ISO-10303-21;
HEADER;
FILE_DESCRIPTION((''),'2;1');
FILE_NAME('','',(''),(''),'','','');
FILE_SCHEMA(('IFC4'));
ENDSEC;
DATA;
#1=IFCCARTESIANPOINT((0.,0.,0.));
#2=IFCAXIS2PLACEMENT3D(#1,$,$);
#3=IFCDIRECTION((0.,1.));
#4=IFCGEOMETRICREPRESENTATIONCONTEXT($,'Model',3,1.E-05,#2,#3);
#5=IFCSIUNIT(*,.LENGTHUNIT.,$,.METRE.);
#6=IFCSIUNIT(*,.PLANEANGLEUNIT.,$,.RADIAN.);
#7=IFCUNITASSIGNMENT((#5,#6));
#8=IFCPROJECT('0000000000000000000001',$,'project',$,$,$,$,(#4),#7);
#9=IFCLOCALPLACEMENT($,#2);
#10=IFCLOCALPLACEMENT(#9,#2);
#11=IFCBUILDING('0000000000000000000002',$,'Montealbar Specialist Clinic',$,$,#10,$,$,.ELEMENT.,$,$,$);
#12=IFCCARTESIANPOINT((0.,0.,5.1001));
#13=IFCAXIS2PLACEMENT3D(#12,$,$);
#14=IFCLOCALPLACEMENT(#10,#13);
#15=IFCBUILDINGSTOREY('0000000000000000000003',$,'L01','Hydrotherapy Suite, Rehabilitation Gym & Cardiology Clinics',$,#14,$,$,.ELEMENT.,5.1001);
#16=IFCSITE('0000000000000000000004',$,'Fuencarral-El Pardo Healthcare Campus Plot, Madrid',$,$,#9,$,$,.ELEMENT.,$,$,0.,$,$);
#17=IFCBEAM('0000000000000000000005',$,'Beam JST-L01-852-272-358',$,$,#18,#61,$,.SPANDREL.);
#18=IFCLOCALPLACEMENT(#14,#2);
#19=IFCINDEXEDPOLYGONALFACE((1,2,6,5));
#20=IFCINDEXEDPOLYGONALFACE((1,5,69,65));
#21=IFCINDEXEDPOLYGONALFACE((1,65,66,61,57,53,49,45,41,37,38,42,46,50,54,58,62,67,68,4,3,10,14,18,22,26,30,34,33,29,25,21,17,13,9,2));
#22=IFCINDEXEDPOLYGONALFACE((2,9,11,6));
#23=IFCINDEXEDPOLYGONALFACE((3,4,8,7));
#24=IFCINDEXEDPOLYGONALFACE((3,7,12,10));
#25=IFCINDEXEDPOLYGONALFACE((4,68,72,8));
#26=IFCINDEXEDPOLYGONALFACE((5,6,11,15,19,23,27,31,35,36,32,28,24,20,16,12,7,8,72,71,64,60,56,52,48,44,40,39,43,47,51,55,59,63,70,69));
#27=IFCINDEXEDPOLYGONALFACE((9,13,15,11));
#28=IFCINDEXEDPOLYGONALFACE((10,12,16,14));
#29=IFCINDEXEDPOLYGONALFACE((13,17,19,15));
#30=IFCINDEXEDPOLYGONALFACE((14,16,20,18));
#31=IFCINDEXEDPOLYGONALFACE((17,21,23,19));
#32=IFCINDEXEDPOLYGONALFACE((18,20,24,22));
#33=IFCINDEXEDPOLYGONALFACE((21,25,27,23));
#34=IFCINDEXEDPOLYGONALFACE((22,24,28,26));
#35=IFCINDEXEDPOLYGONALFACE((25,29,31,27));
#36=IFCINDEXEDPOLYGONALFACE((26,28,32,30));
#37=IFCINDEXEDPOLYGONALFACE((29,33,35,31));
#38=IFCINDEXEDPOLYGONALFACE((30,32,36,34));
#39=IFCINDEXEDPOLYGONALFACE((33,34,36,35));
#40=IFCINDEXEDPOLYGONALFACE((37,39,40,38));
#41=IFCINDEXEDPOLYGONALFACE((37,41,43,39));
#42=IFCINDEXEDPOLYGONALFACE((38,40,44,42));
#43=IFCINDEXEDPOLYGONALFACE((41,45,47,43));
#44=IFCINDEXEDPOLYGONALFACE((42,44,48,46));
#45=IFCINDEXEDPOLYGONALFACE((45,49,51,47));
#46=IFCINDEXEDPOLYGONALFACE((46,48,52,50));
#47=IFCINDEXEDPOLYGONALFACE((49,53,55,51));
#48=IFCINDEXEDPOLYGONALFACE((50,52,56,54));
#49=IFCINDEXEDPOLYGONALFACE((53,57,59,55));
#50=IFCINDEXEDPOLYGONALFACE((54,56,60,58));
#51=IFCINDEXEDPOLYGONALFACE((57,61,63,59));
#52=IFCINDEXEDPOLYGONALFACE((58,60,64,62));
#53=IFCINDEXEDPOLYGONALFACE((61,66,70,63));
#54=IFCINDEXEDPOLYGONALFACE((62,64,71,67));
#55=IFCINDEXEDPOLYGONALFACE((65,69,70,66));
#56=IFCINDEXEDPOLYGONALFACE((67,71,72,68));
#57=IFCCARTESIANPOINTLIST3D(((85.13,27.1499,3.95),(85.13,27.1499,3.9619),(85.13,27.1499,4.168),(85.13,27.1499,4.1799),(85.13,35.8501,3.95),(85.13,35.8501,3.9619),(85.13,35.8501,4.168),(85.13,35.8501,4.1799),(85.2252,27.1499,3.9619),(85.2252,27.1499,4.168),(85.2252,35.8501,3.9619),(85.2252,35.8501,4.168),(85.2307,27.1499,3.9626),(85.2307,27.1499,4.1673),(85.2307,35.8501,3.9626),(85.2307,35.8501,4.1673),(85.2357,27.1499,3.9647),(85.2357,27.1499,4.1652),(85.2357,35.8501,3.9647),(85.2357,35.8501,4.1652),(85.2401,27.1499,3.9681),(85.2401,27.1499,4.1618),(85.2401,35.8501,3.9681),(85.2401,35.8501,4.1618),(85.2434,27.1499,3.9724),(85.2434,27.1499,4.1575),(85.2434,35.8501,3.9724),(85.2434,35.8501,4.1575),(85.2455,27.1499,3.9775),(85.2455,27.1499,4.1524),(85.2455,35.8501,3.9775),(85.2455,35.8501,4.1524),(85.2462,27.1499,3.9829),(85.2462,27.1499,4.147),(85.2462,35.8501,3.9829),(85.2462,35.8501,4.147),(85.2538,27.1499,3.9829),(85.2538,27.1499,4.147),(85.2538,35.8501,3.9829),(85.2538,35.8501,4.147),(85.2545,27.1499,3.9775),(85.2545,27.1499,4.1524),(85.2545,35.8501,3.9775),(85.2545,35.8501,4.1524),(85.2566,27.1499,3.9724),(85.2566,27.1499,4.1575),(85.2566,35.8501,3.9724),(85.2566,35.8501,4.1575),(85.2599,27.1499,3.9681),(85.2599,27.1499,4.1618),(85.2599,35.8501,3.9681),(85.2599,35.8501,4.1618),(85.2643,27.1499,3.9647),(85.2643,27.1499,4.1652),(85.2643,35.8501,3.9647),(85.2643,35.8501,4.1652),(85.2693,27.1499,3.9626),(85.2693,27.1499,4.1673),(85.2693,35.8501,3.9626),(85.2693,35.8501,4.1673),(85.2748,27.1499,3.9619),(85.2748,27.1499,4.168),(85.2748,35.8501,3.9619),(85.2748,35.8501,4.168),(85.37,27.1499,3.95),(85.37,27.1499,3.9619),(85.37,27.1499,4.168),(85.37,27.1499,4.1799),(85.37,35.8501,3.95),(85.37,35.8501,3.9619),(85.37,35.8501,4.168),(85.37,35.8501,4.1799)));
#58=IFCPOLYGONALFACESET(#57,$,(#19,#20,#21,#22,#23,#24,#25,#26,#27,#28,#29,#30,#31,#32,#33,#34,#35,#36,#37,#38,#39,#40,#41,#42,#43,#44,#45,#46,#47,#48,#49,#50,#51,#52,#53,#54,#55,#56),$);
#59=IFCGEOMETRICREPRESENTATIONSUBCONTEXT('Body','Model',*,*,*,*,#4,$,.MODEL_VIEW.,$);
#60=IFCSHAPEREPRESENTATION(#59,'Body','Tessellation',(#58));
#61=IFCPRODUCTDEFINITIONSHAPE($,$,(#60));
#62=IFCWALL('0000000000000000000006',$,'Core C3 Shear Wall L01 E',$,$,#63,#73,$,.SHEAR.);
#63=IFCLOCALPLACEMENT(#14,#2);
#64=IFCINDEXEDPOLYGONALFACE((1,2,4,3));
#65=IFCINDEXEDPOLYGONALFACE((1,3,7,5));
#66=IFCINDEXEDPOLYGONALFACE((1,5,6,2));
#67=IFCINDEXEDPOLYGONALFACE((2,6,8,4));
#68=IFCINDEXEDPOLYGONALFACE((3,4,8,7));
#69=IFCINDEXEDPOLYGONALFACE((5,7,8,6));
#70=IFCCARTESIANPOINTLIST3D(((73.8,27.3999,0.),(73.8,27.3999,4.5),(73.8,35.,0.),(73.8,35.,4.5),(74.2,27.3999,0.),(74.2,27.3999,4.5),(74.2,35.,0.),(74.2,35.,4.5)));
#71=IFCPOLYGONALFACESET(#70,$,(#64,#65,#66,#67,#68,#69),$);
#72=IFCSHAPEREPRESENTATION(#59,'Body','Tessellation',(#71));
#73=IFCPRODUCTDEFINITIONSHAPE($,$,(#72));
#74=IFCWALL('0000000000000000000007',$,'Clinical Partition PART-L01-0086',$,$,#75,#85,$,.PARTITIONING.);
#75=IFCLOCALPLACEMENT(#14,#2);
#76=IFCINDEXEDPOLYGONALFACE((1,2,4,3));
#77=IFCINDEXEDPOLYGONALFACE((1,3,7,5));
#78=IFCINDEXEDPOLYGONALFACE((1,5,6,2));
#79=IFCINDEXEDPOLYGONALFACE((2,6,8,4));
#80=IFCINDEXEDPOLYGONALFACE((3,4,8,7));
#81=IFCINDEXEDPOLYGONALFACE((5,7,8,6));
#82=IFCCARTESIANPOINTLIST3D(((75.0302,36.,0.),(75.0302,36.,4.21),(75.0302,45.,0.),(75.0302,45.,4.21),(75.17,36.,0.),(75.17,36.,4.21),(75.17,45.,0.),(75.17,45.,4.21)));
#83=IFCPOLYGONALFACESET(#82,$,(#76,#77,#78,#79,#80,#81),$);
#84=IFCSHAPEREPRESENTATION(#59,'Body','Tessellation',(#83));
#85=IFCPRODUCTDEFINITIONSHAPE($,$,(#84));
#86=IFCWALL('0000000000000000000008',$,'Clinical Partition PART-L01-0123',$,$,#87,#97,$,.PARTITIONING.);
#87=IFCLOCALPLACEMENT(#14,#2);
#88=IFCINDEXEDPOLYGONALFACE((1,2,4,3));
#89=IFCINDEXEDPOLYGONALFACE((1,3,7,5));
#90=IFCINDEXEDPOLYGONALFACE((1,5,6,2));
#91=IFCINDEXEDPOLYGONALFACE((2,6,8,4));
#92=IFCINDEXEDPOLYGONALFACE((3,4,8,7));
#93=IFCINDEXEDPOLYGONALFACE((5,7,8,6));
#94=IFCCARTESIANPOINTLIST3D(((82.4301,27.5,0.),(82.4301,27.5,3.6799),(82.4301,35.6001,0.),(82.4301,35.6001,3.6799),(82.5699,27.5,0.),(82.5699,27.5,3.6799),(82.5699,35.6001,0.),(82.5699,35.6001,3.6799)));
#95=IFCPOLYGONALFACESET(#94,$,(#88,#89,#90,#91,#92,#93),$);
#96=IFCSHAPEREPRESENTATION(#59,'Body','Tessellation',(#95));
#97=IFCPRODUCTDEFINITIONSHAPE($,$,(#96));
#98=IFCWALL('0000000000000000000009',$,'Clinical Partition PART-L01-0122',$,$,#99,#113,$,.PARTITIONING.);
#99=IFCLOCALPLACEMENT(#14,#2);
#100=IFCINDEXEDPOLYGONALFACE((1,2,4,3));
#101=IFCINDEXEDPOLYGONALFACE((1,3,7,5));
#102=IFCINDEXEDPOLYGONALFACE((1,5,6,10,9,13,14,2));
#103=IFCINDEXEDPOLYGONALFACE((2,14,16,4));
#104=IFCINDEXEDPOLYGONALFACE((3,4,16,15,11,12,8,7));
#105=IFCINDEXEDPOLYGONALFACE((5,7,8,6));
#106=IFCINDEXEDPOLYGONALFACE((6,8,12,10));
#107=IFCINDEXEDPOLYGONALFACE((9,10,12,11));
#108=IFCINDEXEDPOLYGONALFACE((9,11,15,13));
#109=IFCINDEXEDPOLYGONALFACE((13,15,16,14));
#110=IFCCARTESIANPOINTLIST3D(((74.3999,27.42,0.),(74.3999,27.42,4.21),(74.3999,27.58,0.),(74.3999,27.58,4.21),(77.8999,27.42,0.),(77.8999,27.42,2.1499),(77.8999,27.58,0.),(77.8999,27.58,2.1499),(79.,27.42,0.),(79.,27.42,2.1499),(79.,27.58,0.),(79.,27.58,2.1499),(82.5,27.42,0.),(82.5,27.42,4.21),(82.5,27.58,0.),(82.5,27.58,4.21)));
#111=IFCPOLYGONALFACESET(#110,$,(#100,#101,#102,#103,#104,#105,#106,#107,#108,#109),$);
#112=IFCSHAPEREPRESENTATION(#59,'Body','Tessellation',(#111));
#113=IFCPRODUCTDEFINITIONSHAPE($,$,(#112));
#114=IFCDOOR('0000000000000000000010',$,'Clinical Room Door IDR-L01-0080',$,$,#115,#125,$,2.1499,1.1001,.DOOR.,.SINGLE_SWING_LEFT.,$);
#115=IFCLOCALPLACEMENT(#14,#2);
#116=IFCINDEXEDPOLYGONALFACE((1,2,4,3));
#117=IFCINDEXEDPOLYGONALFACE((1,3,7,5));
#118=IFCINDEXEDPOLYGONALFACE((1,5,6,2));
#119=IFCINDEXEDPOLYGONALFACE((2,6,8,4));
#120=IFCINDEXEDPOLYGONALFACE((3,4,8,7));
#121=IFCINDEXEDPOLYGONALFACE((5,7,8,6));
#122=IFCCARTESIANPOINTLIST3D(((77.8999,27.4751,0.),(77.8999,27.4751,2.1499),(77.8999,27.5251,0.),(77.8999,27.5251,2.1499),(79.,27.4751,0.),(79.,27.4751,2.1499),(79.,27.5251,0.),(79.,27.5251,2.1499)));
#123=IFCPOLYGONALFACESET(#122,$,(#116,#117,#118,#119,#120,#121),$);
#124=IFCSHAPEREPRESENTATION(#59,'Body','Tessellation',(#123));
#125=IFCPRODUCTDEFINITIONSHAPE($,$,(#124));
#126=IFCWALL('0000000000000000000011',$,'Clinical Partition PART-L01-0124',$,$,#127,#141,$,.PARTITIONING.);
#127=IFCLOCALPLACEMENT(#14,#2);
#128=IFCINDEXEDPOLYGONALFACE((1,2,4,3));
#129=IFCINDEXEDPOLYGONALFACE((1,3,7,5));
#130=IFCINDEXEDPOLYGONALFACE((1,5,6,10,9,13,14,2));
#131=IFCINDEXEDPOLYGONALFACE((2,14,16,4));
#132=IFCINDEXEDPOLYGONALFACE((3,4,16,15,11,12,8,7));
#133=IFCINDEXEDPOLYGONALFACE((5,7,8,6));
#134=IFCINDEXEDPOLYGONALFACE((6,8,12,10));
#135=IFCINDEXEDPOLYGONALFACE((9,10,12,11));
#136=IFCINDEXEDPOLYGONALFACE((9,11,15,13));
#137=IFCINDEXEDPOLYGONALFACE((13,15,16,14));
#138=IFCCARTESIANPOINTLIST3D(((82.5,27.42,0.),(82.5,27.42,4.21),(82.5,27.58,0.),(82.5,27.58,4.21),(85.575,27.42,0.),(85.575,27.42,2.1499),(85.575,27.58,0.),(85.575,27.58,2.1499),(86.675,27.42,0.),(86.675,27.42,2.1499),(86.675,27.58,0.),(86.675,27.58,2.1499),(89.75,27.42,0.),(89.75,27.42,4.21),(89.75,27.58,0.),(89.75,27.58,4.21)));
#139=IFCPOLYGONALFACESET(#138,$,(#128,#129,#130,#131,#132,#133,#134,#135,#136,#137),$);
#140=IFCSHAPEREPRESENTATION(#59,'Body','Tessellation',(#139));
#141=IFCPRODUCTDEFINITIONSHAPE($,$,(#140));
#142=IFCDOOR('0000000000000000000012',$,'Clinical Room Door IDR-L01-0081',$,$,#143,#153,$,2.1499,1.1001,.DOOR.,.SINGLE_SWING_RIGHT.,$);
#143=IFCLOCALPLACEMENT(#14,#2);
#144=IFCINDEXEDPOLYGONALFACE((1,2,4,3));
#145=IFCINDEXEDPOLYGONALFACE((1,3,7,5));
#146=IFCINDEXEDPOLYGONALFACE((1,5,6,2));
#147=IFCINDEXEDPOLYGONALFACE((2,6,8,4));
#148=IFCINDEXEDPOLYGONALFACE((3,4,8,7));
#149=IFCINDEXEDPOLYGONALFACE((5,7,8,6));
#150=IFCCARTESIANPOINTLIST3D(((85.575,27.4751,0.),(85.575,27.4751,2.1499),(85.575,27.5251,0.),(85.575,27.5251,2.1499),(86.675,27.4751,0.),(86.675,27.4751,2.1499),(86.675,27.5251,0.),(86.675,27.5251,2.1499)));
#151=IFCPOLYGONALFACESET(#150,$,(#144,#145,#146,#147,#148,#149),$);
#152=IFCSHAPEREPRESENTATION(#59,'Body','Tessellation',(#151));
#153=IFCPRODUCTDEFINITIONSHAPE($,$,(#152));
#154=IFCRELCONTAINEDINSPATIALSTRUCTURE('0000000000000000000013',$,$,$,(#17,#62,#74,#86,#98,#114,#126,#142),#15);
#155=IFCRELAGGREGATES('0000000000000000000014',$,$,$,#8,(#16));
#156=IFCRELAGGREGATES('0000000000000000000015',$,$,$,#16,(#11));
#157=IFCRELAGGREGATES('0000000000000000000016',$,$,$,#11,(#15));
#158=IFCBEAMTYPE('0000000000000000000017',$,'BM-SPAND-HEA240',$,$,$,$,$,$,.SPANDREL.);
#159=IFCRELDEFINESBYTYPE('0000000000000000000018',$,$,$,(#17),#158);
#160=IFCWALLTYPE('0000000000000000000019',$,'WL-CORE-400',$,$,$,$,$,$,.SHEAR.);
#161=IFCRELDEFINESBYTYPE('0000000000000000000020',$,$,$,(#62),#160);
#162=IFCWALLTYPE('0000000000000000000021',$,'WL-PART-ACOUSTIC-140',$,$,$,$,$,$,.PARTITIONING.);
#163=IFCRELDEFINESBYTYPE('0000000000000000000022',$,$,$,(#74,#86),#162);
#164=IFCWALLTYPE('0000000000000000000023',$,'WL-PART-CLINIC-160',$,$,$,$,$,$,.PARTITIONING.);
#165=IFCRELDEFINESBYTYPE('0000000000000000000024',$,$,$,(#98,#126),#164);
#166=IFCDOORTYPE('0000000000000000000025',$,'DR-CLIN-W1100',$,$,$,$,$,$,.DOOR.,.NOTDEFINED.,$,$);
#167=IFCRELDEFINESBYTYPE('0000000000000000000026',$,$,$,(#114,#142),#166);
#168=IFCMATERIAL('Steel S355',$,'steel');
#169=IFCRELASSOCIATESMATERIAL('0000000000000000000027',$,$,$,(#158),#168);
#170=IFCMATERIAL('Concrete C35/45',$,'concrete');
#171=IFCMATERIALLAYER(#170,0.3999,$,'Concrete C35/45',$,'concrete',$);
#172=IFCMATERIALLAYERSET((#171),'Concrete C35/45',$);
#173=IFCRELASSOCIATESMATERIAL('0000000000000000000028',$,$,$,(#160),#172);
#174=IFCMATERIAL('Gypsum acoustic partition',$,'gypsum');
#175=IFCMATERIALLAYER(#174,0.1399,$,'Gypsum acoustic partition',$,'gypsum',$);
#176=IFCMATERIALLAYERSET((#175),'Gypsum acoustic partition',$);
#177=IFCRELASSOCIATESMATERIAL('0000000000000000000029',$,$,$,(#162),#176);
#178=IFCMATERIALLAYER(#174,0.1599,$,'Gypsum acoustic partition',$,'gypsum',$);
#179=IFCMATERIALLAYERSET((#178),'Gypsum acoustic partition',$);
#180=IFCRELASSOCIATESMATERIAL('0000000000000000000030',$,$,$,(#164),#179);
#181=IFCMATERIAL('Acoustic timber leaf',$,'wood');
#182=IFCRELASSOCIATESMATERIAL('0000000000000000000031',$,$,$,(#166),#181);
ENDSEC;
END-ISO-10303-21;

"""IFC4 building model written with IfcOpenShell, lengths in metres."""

from ifc_helpers import new_model, si_unit, direction, frame, frame_2d, origin, origin_2d, place, context, subcontext, project, spatial, rectangle, i_section, extrude, material, layer, layer_set, material_profile, profile_set, type_object, element, fill, save


model = new_model("IFC4")

# Units and contexts
model_context = context("Model", 3, precision=1e-05, world=origin(), true_north=direction((0.0, 1.0)))
body_context = subcontext(model_context, "Body", "Model", "MODEL_VIEW")
ifc_project = project(units=[si_unit("LENGTHUNIT", "METRE"), si_unit("PLANEANGLEUNIT", "RADIAN")], contexts=[model_context])

# Site, building, storey
site_placement = place(None, origin())
site = spatial("IfcSite", under=ifc_project, at=site_placement, Name="Fuencarral-El Pardo Healthcare Campus Plot, Madrid", CompositionType="ELEMENT", RefElevation=0.0)
building_placement = place(site_placement, origin())
building = spatial("IfcBuilding", under=site, at=building_placement, Name="Montealbar Specialist Clinic", CompositionType="ELEMENT")
storey_placement = place(building_placement, frame((0.0, 0.0, 5.1001)))
storey = spatial("IfcBuildingStorey", under=building, at=storey_placement, Name="L01", Description="Hydrotherapy Suite, Rehabilitation Gym & Cardiology Clinics", CompositionType="ELEMENT", Elevation=5.1001)

# Shared definitions
ifc_material_1 = material(Name="Steel S355", Category="steel")

# Beam
ifc_material_profile_1 = material_profile(ifc_material_1, i_section(OverallWidth=0.24, OverallDepth=0.23, WebThickness=0.0076, FlangeThickness=0.012, FilletRadius=0.021, at=origin_2d()), Name="HEA 240", Category="steel")
ifc_profile_set_1 = profile_set([ifc_material_profile_1], Name="Steel S355")
beam_type_1 = type_object("IfcBeamType", Name="BM-SPAND-HEA240", PredefinedType="SPANDREL", material=ifc_profile_set_1)
beam_1_placement = place(storey_placement, frame((85.25, 27.1499, 4.0649), z_axis=(0.0, 1.0, 0.0), x_axis=(-1.0, 0.0, 0.0)))
element("IfcBeam", 1, at=beam_1_placement, inside=storey, type_object=beam_type_1, Name="Beam JST-L01-852-272-358", PredefinedType="SPANDREL", context=body_context, shape_type="SweptSolid", body=[
    extrude(i_section(OverallWidth=0.24, OverallDepth=0.23, WebThickness=0.0076, FlangeThickness=0.012, FilletRadius=0.021, at=origin_2d()), origin(), (0.0, 0.0, 1.0), 8.7002),
])

# Walls
ifc_material_2 = material(Name="Concrete C35/45", Category="concrete")
ifc_layer_1 = layer(ifc_material_2, 0.3999, Name="Concrete C35/45", Category="concrete")
ifc_layer_set_1 = layer_set([ifc_layer_1], Name="Concrete C35/45")
wall_type_1 = type_object("IfcWallType", Name="WL-CORE-400", PredefinedType="SHEAR", material=ifc_layer_set_1)
wall_1_placement = place(storey_placement, frame((74.0, 27.3999, 0.0), z_axis=(0.0, 0.0, 1.0), x_axis=(0.0, 1.0, 0.0)))
element("IfcWall", 2, at=wall_1_placement, inside=storey, type_object=wall_type_1, Name="Core C3 Shear Wall L01 E", PredefinedType="SHEAR", context=body_context, shape_type="SweptSolid", body=[
    extrude(rectangle(XDim=7.6001, YDim=0.3999, at=frame_2d((3.8, 0.0))), origin(), (0.0, 0.0, 1.0), 4.5),
])
ifc_material_3 = material(Name="Gypsum acoustic partition", Category="gypsum")
ifc_layer_2 = layer(ifc_material_3, 0.1399, Name="Gypsum acoustic partition", Category="gypsum")
ifc_layer_set_2 = layer_set([ifc_layer_2], Name="Gypsum acoustic partition")
wall_type_2 = type_object("IfcWallType", Name="WL-PART-ACOUSTIC-140", PredefinedType="PARTITIONING", material=ifc_layer_set_2)
wall_2_placement = place(storey_placement, frame((75.1001, 36.0, 0.0), z_axis=(0.0, 0.0, 1.0), x_axis=(0.0, 1.0, 0.0)))
element("IfcWall", 3, at=wall_2_placement, inside=storey, type_object=wall_type_2, Name="Clinical Partition PART-L01-0086", PredefinedType="PARTITIONING", context=body_context, shape_type="SweptSolid", body=[
    extrude(rectangle(XDim=9.0, YDim=0.1399, at=frame_2d((4.5, 0.0))), origin(), (0.0, 0.0, 1.0), 4.21),
])
wall_3_placement = place(storey_placement, frame((82.5, 27.5, 0.0), z_axis=(0.0, 0.0, 1.0), x_axis=(0.0, 1.0, 0.0)))
element("IfcWall", 4, at=wall_3_placement, inside=storey, type_object=wall_type_2, Name="Clinical Partition PART-L01-0123", PredefinedType="PARTITIONING", context=body_context, shape_type="SweptSolid", body=[
    extrude(rectangle(XDim=8.1001, YDim=0.1399, at=frame_2d((4.05, 0.0))), origin(), (0.0, 0.0, 1.0), 3.6799),
])

# Walls, openings, doors
ifc_layer_3 = layer(ifc_material_3, 0.1599, Name="Gypsum acoustic partition", Category="gypsum")
ifc_layer_set_3 = layer_set([ifc_layer_3], Name="Gypsum acoustic partition")
wall_type_3 = type_object("IfcWallType", Name="WL-PART-CLINIC-160", PredefinedType="PARTITIONING", material=ifc_layer_set_3)
wall_4_placement = place(storey_placement, frame((74.3999, 27.5, 0.0), z_axis=(0.0, 0.0, 1.0), x_axis=(1.0, 0.0, 0.0)))
wall_4 = element("IfcWall", 5, at=wall_4_placement, inside=storey, type_object=wall_type_3, Name="Clinical Partition PART-L01-0122", PredefinedType="PARTITIONING", context=body_context, shape_type="SweptSolid", body=[
    extrude(rectangle(XDim=8.1001, YDim=0.1599, at=frame_2d((4.05, 0.0))), origin(), (0.0, 0.0, 1.0), 4.21),
])
opening_1_placement = place(wall_4_placement, frame((3.5, 0.0, 0.0)))
opening_1 = element("IfcOpeningElement", 6, at=opening_1_placement, cuts=wall_4, PredefinedType="OPENING", context=body_context, shape_type="SweptSolid", body=[
    extrude(rectangle(XDim=1.1001, YDim=2.1499, at=frame_2d((0.55, 1.075))), frame((0.0, 0.0898, 0.0), z_axis=(0.0, -1.0, 0.0), x_axis=(1.0, 0.0, 0.0)), (0.0, 0.0, 1.0), 0.1799),
])
ifc_material_4 = material(Name="Acoustic timber leaf", Category="wood")
door_type = type_object("IfcDoorType", Name="DR-CLIN-W1100", OperationType="NOTDEFINED", PredefinedType="DOOR", material=ifc_material_4)
door_1_placement = place(opening_1_placement, frame((1.1001, 0.0, 0.0), z_axis=(0.0, 0.0, 1.0), x_axis=(-1.0, 0.0, 0.0)))
door_1 = element("IfcDoor", 7, at=door_1_placement, inside=storey, type_object=door_type, Name="Clinical Room Door IDR-L01-0080", OperationType="SINGLE_SWING_LEFT", OverallHeight=2.1499, OverallWidth=1.1001, PredefinedType="DOOR", context=body_context, shape_type="SweptSolid", body=[
    extrude(rectangle(XDim=1.1001, YDim=2.1499, at=frame_2d((0.55, 1.075))), frame((0.0, 0.0249, 0.0), z_axis=(0.0, -1.0, 0.0), x_axis=(1.0, 0.0, 0.0)), (0.0, 0.0, 1.0), 0.05),
])
fill(opening_1, door_1)
wall_5_placement = place(storey_placement, frame((82.5, 27.5, 0.0), z_axis=(0.0, 0.0, 1.0), x_axis=(1.0, 0.0, 0.0)))
wall_5 = element("IfcWall", 8, at=wall_5_placement, inside=storey, type_object=wall_type_3, Name="Clinical Partition PART-L01-0124", PredefinedType="PARTITIONING", context=body_context, shape_type="SweptSolid", body=[
    extrude(rectangle(XDim=7.25, YDim=0.1599, at=frame_2d((3.625, 0.0))), origin(), (0.0, 0.0, 1.0), 4.21),
])
opening_2_placement = place(wall_5_placement, frame((3.075, 0.0, 0.0)))
opening_2 = element("IfcOpeningElement", 9, at=opening_2_placement, cuts=wall_5, PredefinedType="OPENING", context=body_context, shape_type="SweptSolid", body=[
    extrude(rectangle(XDim=1.1001, YDim=2.1499, at=frame_2d((0.55, 1.075))), frame((0.0, 0.0898, 0.0), z_axis=(0.0, -1.0, 0.0), x_axis=(1.0, 0.0, 0.0)), (0.0, 0.0, 1.0), 0.1799),
])
door_2_placement = place(opening_2_placement, frame((1.1001, 0.0, 0.0), z_axis=(0.0, 0.0, 1.0), x_axis=(-1.0, 0.0, 0.0)))
door_2 = element("IfcDoor", 10, at=door_2_placement, inside=storey, type_object=door_type, Name="Clinical Room Door IDR-L01-0081", OperationType="SINGLE_SWING_RIGHT", OverallHeight=2.1499, OverallWidth=1.1001, PredefinedType="DOOR", context=body_context, shape_type="SweptSolid", body=[
    extrude(rectangle(XDim=1.1001, YDim=2.1499, at=frame_2d((0.55, 1.075))), frame((0.0, 0.0249, 0.0), z_axis=(0.0, -1.0, 0.0), x_axis=(1.0, 0.0, 0.0)), (0.0, 0.0, 1.0), 0.05),
])
fill(opening_2, door_2)

save(model, "model.ifc")
